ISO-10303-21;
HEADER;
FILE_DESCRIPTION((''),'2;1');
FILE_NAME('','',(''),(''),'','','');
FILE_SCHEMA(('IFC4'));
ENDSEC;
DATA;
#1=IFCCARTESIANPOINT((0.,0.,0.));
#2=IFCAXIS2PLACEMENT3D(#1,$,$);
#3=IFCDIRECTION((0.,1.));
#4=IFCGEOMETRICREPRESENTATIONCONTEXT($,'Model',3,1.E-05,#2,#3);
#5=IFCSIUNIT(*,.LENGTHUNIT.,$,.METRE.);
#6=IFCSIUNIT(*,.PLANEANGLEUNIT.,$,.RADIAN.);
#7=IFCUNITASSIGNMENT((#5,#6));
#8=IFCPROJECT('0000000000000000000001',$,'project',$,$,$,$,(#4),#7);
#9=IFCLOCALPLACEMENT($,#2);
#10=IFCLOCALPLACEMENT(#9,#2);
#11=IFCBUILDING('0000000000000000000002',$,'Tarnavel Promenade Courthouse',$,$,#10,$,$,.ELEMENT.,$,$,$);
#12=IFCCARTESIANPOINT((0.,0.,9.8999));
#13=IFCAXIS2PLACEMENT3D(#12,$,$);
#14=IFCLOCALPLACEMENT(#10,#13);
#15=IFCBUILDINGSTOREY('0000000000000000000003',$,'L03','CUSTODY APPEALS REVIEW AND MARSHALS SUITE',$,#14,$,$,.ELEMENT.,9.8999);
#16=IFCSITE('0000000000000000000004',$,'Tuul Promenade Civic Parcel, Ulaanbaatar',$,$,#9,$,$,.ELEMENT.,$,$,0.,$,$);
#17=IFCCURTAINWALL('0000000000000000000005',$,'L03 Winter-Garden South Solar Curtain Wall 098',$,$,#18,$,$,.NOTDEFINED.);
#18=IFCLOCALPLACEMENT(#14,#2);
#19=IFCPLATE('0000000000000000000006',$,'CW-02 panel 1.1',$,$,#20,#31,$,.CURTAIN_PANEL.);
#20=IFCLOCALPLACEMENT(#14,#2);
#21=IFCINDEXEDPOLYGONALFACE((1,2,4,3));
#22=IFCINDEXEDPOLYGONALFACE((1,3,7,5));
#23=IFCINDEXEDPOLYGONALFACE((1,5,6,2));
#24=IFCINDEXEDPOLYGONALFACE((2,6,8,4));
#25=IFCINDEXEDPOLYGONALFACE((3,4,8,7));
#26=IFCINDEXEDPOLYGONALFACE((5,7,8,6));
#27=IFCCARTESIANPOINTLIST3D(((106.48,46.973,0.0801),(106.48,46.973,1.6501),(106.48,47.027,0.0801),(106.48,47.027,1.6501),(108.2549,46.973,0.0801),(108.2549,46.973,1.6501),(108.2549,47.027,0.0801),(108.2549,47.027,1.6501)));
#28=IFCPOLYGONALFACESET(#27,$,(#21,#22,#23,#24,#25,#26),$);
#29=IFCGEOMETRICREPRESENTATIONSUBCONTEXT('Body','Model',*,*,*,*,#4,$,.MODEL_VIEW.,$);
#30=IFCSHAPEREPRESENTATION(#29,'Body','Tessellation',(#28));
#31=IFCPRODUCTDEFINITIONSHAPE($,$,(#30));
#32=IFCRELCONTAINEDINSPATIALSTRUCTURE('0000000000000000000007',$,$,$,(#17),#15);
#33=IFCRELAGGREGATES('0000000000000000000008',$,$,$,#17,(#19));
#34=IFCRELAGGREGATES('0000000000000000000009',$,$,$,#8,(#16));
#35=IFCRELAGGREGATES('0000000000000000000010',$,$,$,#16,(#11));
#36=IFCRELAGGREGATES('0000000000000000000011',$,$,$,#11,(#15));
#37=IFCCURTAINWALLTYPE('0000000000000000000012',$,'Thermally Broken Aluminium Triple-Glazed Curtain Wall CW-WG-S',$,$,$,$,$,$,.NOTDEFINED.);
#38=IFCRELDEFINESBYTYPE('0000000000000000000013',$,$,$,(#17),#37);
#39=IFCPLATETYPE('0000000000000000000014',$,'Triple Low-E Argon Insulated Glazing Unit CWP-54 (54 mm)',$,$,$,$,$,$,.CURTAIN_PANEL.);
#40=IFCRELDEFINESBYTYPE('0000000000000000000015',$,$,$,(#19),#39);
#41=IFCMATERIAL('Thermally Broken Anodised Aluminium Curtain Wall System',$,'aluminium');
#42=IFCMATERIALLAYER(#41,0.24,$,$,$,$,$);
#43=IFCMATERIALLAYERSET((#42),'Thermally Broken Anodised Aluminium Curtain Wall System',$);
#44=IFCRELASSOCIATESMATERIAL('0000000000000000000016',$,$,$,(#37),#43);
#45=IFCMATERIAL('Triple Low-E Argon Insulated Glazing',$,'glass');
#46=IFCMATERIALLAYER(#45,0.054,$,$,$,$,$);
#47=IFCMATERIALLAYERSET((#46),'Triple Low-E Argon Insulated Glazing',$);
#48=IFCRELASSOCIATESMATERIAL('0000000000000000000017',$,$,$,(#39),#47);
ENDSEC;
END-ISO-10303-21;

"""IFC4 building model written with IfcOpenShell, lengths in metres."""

from ifc_helpers import new_model, si_unit, direction, frame, origin, origin_2d, place, context, subcontext, project, spatial, rectangle, extrude, material, layer, layer_set, type_object, element, aggregate, save


model = new_model("IFC4")

# Units and contexts
model_context = context("Model", 3, precision=1e-05, world=origin(), true_north=direction((0.0, 1.0)))
body_context = subcontext(model_context, "Body", "Model", "MODEL_VIEW")
ifc_project = project(units=[si_unit("LENGTHUNIT", "METRE"), si_unit("PLANEANGLEUNIT", "RADIAN")], contexts=[model_context])

# Site, building, storey
site_placement = place(None, origin())
site = spatial("IfcSite", under=ifc_project, at=site_placement, Name="Tuul Promenade Civic Parcel, Ulaanbaatar", CompositionType="ELEMENT", RefElevation=0.0)
building_placement = place(site_placement, origin())
building = spatial("IfcBuilding", under=site, at=building_placement, Name="Tarnavel Promenade Courthouse", CompositionType="ELEMENT")
storey_placement = place(building_placement, frame((0.0, 0.0, 9.8999)))
storey = spatial("IfcBuildingStorey", under=building, at=storey_placement, Name="L03", Description="CUSTODY APPEALS REVIEW AND MARSHALS SUITE", CompositionType="ELEMENT", Elevation=9.8999)

# Shared definitions
ifc_material_1 = material(Name="Thermally Broken Anodised Aluminium Curtain Wall System", Category="aluminium")
ifc_layer_1 = layer(ifc_material_1, 0.24)
ifc_layer_set_1 = layer_set([ifc_layer_1], Name="Thermally Broken Anodised Aluminium Curtain Wall System")
curtain_wall_type = type_object("IfcCurtainWallType", Name="Thermally Broken Aluminium Triple-Glazed Curtain Wall CW-WG-S", PredefinedType="NOTDEFINED", material=ifc_layer_set_1)

# Curtain wall
curtain_wall_1_placement = place(storey_placement, origin())
curtain_wall_1 = element("IfcCurtainWall", 1, at=curtain_wall_1_placement, inside=storey, type_object=curtain_wall_type, Name="L03 Winter-Garden South Solar Curtain Wall 098", PredefinedType="NOTDEFINED")

# Plate
ifc_material_2 = material(Name="Triple Low-E Argon Insulated Glazing", Category="glass")
ifc_layer_2 = layer(ifc_material_2, 0.054)
ifc_layer_set_2 = layer_set([ifc_layer_2], Name="Triple Low-E Argon Insulated Glazing")
plate_type = type_object("IfcPlateType", Name="Triple Low-E Argon Insulated Glazing Unit CWP-54 (54 mm)", PredefinedType="CURTAIN_PANEL", material=ifc_layer_set_2)
plate_1_placement = place(storey_placement, frame((107.3674, 47.0, 0.0801), z_axis=(0.0, 0.0, 1.0), x_axis=(1.0, 0.0, 0.0)))
plate_1 = element("IfcPlate", 2, at=plate_1_placement, type_object=plate_type, Name="CW-02 panel 1.1", PredefinedType="CURTAIN_PANEL", context=body_context, shape_type="SweptSolid", body=[
    extrude(rectangle(XDim=1.7749, YDim=0.054, at=origin_2d()), origin(), (0.0, 0.0, 1.0), 1.5701),
])
aggregate(curtain_wall_1, [plate_1])

save(model, "model.ifc")
